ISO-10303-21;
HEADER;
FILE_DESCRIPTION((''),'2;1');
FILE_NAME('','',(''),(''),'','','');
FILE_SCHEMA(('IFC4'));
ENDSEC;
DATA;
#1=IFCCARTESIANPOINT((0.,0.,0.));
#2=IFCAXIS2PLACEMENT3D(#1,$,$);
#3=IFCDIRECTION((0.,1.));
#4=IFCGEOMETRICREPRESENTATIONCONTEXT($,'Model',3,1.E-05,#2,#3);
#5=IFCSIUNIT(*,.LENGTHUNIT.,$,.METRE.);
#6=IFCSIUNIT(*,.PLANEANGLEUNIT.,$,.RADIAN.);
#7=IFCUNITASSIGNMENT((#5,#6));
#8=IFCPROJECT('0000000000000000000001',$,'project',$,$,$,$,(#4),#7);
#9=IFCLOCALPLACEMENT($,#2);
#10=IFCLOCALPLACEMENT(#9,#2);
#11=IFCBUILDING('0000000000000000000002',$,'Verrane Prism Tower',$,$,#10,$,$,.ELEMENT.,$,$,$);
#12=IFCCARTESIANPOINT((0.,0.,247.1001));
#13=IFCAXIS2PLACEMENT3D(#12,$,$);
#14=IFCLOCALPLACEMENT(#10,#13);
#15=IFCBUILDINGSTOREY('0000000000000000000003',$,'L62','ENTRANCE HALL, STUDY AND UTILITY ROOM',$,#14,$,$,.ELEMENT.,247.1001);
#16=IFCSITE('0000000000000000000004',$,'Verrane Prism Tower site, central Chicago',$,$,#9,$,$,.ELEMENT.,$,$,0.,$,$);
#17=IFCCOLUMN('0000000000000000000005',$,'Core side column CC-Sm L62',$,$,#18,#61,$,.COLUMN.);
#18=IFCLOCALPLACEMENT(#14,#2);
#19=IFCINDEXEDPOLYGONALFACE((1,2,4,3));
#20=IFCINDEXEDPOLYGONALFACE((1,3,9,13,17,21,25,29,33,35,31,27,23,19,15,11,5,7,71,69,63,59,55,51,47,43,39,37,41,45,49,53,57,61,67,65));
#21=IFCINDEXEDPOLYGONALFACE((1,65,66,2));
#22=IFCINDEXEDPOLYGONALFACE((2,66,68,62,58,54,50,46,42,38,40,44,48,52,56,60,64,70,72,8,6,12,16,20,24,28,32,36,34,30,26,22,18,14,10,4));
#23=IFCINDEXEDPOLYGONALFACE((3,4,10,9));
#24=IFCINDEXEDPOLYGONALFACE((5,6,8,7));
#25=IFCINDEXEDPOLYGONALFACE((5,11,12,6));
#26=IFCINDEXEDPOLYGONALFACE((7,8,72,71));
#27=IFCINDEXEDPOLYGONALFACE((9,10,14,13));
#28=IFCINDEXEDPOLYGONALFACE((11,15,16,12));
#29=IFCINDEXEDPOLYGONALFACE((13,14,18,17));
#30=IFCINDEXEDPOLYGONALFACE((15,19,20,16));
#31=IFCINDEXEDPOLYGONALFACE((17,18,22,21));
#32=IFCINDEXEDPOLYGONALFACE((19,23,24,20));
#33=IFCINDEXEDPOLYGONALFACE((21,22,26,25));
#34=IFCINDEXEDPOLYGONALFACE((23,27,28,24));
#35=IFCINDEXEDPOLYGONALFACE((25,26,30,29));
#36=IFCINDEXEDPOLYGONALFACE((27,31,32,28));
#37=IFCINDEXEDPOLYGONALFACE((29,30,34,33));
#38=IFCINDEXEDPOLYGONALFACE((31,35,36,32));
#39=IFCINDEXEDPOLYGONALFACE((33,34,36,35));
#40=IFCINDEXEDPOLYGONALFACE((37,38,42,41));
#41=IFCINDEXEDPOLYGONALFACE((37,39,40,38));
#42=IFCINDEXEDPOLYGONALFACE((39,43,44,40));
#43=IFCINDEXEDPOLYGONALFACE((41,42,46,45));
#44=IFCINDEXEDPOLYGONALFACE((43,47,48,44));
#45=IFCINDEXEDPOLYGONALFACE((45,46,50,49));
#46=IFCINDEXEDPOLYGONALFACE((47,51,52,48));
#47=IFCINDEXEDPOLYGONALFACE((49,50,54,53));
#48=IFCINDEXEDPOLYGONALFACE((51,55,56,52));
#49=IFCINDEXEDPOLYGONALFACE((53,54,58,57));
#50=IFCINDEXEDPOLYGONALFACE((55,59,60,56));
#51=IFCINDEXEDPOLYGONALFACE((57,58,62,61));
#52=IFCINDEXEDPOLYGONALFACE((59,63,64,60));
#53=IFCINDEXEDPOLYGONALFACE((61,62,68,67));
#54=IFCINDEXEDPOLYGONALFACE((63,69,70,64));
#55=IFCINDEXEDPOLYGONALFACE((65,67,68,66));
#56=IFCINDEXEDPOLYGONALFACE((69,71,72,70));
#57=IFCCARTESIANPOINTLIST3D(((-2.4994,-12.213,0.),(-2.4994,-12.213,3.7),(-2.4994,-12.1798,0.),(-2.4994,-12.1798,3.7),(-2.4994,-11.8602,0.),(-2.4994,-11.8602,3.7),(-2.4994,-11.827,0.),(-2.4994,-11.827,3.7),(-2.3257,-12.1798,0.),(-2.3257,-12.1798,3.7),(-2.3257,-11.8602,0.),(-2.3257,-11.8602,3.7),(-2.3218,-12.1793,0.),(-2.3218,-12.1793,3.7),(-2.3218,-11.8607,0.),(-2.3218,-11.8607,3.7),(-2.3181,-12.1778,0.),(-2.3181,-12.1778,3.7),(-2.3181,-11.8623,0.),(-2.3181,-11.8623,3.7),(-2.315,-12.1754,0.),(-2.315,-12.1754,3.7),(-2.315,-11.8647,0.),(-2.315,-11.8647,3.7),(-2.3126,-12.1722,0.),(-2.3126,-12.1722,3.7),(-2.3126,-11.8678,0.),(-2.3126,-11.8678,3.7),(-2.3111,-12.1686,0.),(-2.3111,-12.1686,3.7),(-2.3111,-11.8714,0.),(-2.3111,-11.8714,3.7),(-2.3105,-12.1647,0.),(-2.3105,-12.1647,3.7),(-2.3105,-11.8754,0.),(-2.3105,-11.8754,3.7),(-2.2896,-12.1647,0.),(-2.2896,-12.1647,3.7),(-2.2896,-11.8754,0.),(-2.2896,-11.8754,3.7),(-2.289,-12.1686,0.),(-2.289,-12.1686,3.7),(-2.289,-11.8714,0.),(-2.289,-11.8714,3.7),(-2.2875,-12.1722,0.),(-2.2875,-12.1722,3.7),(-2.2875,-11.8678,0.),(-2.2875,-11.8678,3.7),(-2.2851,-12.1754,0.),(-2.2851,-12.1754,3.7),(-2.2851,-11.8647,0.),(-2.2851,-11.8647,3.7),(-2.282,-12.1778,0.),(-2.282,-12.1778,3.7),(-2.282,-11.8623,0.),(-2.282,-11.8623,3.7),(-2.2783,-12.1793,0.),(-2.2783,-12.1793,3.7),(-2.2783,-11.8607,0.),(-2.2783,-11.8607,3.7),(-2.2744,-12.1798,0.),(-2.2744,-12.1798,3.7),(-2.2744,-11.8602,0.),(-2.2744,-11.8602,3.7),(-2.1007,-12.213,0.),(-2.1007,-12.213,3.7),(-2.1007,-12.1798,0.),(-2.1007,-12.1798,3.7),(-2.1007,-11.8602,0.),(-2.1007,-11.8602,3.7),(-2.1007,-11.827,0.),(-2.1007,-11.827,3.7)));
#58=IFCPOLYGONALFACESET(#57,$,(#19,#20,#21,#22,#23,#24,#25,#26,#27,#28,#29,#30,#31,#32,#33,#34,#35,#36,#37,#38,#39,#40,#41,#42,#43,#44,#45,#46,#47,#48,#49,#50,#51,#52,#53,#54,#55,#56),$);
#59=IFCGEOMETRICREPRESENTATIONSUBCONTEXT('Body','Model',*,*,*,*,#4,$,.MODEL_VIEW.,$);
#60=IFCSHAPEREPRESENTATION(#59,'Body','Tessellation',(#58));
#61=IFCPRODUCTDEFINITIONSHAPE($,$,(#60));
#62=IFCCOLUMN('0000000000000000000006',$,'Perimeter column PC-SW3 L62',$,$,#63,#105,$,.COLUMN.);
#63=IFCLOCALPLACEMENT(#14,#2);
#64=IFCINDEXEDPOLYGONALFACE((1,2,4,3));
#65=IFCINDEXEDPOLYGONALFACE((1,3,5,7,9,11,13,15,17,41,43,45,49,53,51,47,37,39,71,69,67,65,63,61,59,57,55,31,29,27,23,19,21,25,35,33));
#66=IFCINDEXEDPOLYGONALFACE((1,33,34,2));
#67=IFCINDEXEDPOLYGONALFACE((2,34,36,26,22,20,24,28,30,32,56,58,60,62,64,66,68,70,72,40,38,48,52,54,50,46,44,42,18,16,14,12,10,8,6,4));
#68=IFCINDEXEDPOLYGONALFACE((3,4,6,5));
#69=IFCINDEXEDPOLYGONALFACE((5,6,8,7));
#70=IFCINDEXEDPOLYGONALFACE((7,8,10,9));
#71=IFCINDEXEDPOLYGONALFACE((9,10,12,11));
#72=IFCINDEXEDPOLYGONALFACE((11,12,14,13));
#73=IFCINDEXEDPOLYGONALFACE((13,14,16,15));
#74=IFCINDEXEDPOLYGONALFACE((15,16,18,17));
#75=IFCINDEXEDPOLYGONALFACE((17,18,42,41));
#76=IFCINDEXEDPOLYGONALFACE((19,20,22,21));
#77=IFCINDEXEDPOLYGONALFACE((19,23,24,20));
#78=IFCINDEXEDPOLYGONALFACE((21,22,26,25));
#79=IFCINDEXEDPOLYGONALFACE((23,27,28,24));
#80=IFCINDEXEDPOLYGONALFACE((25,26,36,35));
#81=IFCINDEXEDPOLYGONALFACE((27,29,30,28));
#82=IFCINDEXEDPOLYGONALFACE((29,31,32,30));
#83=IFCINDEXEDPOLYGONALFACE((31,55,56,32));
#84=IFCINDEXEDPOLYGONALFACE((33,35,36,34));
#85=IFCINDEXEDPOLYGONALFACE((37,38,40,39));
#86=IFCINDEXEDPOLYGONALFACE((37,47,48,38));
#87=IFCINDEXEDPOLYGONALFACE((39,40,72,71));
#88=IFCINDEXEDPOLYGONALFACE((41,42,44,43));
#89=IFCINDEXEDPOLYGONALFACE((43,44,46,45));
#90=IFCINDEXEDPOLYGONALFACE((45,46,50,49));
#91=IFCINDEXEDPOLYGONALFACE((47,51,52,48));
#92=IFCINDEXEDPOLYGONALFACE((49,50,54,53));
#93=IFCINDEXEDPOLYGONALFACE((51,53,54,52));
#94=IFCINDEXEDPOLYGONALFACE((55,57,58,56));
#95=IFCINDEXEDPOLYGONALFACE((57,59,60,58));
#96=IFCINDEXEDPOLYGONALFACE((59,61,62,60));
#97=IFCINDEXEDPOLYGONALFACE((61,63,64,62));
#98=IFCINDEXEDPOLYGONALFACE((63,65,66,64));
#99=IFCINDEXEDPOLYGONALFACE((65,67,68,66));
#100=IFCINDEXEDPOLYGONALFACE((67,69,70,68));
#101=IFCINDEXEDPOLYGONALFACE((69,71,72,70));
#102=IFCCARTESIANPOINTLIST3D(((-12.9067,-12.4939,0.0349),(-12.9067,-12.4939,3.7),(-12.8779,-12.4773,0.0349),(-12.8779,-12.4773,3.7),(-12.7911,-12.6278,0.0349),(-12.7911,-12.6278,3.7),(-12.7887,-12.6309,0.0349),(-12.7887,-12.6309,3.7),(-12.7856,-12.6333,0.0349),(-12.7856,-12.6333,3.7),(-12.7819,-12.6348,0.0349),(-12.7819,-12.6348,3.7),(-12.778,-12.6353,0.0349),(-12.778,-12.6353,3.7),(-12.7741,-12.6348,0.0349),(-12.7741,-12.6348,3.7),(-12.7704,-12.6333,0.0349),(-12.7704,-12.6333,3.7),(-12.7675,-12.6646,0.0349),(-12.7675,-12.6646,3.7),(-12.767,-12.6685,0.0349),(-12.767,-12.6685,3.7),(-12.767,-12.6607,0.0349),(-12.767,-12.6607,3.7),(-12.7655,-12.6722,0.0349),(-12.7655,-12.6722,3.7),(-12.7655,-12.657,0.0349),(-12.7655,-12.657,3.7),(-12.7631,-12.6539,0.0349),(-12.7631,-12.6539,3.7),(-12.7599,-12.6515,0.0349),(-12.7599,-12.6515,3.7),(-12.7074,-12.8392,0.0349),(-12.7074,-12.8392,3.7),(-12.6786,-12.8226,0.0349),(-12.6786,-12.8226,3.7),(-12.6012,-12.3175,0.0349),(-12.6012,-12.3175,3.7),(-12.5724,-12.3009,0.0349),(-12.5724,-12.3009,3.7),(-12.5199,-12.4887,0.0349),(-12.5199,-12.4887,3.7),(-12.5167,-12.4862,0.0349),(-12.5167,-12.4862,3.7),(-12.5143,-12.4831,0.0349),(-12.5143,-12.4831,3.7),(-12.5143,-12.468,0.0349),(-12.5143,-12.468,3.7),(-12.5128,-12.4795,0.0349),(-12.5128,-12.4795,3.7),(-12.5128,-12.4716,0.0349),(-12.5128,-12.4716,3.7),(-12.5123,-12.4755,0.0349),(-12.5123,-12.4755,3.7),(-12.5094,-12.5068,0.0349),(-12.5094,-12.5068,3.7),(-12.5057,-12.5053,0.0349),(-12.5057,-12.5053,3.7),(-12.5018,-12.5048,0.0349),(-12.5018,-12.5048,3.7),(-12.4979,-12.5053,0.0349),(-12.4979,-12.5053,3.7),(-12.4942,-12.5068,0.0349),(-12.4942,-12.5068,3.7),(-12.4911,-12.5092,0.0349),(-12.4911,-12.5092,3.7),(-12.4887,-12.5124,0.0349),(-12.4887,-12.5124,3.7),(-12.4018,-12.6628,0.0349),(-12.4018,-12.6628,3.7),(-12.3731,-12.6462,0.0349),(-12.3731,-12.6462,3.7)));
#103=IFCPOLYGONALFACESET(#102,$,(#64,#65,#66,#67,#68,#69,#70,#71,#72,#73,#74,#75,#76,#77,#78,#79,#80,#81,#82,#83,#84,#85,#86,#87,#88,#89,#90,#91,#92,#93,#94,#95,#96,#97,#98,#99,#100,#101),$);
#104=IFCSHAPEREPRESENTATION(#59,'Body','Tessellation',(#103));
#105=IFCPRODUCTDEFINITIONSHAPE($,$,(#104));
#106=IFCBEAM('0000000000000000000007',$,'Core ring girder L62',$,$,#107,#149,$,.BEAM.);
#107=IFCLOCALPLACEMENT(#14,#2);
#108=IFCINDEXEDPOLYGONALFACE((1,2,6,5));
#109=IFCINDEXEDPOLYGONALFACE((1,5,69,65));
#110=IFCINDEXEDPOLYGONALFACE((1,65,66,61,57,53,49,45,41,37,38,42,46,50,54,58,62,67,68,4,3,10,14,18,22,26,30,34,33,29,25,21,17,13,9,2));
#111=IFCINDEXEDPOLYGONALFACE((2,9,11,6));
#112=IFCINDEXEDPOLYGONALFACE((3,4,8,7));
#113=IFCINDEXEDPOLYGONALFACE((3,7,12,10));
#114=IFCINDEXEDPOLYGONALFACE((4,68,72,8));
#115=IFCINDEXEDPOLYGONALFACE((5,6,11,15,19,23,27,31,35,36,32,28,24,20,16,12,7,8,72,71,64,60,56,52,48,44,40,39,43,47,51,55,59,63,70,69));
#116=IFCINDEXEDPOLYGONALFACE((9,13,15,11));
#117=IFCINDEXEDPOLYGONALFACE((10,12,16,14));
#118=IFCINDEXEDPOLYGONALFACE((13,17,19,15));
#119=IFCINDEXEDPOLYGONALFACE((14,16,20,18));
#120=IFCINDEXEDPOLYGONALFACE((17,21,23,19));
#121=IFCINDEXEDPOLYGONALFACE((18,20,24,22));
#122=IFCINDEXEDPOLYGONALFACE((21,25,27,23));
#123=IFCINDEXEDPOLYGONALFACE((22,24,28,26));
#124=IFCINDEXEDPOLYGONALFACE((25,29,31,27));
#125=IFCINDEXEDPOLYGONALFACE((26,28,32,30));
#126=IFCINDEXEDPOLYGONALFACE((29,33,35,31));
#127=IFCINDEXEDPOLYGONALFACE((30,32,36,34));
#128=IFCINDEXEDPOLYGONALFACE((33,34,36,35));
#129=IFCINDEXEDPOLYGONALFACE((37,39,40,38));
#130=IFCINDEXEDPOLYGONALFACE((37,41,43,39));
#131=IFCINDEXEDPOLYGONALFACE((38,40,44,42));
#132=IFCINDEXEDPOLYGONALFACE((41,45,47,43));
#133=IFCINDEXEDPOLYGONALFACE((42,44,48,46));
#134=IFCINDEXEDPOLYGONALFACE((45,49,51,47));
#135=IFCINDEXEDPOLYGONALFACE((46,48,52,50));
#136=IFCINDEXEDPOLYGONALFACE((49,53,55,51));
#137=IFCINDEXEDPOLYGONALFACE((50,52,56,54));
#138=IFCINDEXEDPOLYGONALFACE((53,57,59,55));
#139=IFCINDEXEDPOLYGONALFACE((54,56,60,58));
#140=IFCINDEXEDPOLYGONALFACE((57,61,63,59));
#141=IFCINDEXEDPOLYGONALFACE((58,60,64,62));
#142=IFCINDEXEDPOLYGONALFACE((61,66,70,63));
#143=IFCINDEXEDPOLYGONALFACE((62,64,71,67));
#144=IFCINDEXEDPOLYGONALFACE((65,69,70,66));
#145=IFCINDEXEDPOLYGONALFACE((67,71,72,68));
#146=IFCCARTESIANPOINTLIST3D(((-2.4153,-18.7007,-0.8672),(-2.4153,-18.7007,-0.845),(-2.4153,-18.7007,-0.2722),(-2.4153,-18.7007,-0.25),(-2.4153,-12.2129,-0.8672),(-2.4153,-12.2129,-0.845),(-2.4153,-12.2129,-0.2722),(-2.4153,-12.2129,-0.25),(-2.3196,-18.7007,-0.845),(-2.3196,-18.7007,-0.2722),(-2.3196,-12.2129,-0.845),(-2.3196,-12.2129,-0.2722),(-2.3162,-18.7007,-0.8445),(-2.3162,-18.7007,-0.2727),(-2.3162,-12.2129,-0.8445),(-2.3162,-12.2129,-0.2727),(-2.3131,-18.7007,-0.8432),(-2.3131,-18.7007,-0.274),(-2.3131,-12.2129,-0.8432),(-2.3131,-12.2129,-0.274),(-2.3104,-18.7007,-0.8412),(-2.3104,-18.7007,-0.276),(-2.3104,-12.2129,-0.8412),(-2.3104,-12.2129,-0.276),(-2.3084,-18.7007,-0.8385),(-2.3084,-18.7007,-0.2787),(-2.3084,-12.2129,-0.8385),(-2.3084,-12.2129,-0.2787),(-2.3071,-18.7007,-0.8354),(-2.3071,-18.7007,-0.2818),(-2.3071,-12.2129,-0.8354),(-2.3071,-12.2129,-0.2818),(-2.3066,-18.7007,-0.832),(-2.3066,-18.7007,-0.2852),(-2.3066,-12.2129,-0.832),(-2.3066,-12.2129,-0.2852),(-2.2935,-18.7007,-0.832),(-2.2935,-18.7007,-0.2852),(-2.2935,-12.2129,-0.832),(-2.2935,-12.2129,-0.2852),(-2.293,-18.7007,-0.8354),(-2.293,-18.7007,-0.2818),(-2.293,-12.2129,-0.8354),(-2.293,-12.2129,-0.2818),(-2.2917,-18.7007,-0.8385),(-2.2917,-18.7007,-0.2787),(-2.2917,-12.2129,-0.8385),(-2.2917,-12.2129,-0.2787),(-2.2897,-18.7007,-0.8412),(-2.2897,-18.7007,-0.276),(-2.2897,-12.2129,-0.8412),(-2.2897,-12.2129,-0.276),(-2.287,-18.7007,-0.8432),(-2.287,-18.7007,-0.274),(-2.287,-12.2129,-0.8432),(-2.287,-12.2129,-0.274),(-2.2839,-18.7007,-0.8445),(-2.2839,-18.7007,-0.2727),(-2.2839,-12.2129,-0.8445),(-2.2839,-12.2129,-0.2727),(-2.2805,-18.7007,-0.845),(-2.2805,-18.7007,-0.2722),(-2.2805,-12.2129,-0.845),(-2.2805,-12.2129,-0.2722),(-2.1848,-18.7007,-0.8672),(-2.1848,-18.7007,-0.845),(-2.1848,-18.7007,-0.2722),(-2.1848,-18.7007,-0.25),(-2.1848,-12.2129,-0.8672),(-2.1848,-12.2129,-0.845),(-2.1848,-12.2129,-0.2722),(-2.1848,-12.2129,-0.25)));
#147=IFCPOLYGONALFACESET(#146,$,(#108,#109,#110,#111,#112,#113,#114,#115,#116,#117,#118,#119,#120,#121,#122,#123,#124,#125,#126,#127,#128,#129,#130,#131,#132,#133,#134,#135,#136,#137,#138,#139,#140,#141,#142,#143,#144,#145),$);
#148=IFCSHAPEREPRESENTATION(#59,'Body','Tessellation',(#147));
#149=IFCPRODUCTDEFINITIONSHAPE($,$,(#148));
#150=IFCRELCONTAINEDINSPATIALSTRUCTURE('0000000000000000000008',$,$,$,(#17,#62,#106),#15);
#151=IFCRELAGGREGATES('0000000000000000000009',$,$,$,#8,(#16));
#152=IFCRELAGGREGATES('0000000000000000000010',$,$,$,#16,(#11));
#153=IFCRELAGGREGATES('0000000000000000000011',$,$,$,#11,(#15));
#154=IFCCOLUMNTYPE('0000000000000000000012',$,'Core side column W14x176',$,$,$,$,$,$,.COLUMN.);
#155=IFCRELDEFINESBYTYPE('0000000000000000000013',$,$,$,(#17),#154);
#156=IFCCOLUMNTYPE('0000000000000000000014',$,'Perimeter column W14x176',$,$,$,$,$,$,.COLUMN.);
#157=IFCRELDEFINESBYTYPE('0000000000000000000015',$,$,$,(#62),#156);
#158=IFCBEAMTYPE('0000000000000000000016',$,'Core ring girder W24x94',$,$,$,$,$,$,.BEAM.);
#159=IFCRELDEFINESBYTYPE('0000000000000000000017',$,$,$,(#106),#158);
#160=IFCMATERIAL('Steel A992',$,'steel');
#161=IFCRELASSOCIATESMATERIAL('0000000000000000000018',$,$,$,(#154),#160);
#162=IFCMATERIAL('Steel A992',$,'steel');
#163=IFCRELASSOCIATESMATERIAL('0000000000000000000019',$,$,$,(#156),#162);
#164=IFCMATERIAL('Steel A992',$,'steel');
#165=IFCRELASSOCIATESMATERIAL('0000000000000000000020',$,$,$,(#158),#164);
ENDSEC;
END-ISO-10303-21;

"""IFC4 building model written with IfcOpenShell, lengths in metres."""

from ifc_helpers import new_model, si_unit, direction, frame, origin, origin_2d, place, context, subcontext, project, spatial, i_section, extrude, material, material_profile, profile_set, type_object, element, save


model = new_model("IFC4")

# Units and contexts
model_context = context("Model", 3, precision=1e-05, world=origin(), true_north=direction((0.0, 1.0)))
body_context = subcontext(model_context, "Body", "Model", "MODEL_VIEW")
ifc_project = project(units=[si_unit("LENGTHUNIT", "METRE"), si_unit("PLANEANGLEUNIT", "RADIAN")], contexts=[model_context])

# Site, building, storey
site_placement = place(None, origin())
site = spatial("IfcSite", under=ifc_project, at=site_placement, Name="Verrane Prism Tower site, central Chicago", CompositionType="ELEMENT", RefElevation=0.0)
building_placement = place(site_placement, origin())
building = spatial("IfcBuilding", under=site, at=building_placement, Name="Verrane Prism Tower", CompositionType="ELEMENT")
storey_placement = place(building_placement, frame((0.0, 0.0, 247.1001)))
storey = spatial("IfcBuildingStorey", under=building, at=storey_placement, Name="L62", Description="ENTRANCE HALL, STUDY AND UTILITY ROOM", CompositionType="ELEMENT", Elevation=247.1001)

# Columns
ifc_material_1 = material(Name="Steel A992", Category="steel")
ifc_material_profile_1 = material_profile(ifc_material_1, i_section(OverallWidth=0.3987, OverallDepth=0.386, WebThickness=0.021, FlangeThickness=0.0332, FilletRadius=0.0151, at=origin_2d()), Name="W14x176")
ifc_profile_set_1 = profile_set([ifc_material_profile_1], Name="Steel A992")
column_type_1 = type_object("IfcColumnType", Name="Core side column W14x176", PredefinedType="COLUMN", material=ifc_profile_set_1)
column_1_placement = place(storey_placement, frame((-2.3, -12.02, 0.0), z_axis=(0.0, 0.0, 1.0), x_axis=(1.0, 0.0, 0.0)))
element("IfcColumn", 1, at=column_1_placement, inside=storey, type_object=column_type_1, Name="Core side column CC-Sm L62", PredefinedType="COLUMN", context=body_context, shape_type="SweptSolid", body=[
    extrude(i_section(OverallWidth=0.3987, OverallDepth=0.386, WebThickness=0.021, FlangeThickness=0.0332, FilletRadius=0.0151, at=origin_2d()), origin(), (0.0, 0.0, 1.0), 3.7),
])
ifc_material_2 = material(Name="Steel A992", Category="steel")
ifc_material_profile_2 = material_profile(ifc_material_2, i_section(OverallWidth=0.3987, OverallDepth=0.386, WebThickness=0.021, FlangeThickness=0.0332, FilletRadius=0.0151, at=origin_2d()), Name="W14x176")
ifc_profile_set_2 = profile_set([ifc_material_profile_2], Name="Steel A992")
column_type_2 = type_object("IfcColumnType", Name="Perimeter column W14x176", PredefinedType="COLUMN", material=ifc_profile_set_2)
column_2_placement = place(storey_placement, frame((-12.6399, -12.5701, 0.0349), z_axis=(0.0, 0.0, 1.0), x_axis=(-0.5, 0.866025, 0.0)))
element("IfcColumn", 2, at=column_2_placement, inside=storey, type_object=column_type_2, Name="Perimeter column PC-SW3 L62", PredefinedType="COLUMN", context=body_context, shape_type="SweptSolid", body=[
    extrude(i_section(OverallWidth=0.3987, OverallDepth=0.386, WebThickness=0.021, FlangeThickness=0.0332, FilletRadius=0.0151, at=origin_2d()), origin(), (0.0, 0.0, 1.0), 3.665),
])

# Beam
ifc_material_3 = material(Name="Steel A992", Category="steel")
ifc_material_profile_3 = material_profile(ifc_material_3, i_section(OverallWidth=0.2305, OverallDepth=0.6172, WebThickness=0.0132, FlangeThickness=0.0222, FilletRadius=0.0129, at=origin_2d()), Name="W24x94")
ifc_profile_set_3 = profile_set([ifc_material_profile_3], Name="Steel A992")
beam_type_1 = type_object("IfcBeamType", Name="Core ring girder W24x94", PredefinedType="BEAM", material=ifc_profile_set_3)
beam_1_placement = place(storey_placement, frame((-2.3, -12.2129, -0.5586), z_axis=(0.0, -1.0, 0.0), x_axis=(1.0, 0.0, 0.0)))
element("IfcBeam", 3, at=beam_1_placement, inside=storey, type_object=beam_type_1, Name="Core ring girder L62", PredefinedType="BEAM", context=body_context, shape_type="SweptSolid", body=[
    extrude(i_section(OverallWidth=0.2305, OverallDepth=0.6172, WebThickness=0.0132, FlangeThickness=0.0222, FilletRadius=0.0129, at=origin_2d()), origin(), (0.0, 0.0, 1.0), 6.4878),
])

save(model, "model.ifc")
